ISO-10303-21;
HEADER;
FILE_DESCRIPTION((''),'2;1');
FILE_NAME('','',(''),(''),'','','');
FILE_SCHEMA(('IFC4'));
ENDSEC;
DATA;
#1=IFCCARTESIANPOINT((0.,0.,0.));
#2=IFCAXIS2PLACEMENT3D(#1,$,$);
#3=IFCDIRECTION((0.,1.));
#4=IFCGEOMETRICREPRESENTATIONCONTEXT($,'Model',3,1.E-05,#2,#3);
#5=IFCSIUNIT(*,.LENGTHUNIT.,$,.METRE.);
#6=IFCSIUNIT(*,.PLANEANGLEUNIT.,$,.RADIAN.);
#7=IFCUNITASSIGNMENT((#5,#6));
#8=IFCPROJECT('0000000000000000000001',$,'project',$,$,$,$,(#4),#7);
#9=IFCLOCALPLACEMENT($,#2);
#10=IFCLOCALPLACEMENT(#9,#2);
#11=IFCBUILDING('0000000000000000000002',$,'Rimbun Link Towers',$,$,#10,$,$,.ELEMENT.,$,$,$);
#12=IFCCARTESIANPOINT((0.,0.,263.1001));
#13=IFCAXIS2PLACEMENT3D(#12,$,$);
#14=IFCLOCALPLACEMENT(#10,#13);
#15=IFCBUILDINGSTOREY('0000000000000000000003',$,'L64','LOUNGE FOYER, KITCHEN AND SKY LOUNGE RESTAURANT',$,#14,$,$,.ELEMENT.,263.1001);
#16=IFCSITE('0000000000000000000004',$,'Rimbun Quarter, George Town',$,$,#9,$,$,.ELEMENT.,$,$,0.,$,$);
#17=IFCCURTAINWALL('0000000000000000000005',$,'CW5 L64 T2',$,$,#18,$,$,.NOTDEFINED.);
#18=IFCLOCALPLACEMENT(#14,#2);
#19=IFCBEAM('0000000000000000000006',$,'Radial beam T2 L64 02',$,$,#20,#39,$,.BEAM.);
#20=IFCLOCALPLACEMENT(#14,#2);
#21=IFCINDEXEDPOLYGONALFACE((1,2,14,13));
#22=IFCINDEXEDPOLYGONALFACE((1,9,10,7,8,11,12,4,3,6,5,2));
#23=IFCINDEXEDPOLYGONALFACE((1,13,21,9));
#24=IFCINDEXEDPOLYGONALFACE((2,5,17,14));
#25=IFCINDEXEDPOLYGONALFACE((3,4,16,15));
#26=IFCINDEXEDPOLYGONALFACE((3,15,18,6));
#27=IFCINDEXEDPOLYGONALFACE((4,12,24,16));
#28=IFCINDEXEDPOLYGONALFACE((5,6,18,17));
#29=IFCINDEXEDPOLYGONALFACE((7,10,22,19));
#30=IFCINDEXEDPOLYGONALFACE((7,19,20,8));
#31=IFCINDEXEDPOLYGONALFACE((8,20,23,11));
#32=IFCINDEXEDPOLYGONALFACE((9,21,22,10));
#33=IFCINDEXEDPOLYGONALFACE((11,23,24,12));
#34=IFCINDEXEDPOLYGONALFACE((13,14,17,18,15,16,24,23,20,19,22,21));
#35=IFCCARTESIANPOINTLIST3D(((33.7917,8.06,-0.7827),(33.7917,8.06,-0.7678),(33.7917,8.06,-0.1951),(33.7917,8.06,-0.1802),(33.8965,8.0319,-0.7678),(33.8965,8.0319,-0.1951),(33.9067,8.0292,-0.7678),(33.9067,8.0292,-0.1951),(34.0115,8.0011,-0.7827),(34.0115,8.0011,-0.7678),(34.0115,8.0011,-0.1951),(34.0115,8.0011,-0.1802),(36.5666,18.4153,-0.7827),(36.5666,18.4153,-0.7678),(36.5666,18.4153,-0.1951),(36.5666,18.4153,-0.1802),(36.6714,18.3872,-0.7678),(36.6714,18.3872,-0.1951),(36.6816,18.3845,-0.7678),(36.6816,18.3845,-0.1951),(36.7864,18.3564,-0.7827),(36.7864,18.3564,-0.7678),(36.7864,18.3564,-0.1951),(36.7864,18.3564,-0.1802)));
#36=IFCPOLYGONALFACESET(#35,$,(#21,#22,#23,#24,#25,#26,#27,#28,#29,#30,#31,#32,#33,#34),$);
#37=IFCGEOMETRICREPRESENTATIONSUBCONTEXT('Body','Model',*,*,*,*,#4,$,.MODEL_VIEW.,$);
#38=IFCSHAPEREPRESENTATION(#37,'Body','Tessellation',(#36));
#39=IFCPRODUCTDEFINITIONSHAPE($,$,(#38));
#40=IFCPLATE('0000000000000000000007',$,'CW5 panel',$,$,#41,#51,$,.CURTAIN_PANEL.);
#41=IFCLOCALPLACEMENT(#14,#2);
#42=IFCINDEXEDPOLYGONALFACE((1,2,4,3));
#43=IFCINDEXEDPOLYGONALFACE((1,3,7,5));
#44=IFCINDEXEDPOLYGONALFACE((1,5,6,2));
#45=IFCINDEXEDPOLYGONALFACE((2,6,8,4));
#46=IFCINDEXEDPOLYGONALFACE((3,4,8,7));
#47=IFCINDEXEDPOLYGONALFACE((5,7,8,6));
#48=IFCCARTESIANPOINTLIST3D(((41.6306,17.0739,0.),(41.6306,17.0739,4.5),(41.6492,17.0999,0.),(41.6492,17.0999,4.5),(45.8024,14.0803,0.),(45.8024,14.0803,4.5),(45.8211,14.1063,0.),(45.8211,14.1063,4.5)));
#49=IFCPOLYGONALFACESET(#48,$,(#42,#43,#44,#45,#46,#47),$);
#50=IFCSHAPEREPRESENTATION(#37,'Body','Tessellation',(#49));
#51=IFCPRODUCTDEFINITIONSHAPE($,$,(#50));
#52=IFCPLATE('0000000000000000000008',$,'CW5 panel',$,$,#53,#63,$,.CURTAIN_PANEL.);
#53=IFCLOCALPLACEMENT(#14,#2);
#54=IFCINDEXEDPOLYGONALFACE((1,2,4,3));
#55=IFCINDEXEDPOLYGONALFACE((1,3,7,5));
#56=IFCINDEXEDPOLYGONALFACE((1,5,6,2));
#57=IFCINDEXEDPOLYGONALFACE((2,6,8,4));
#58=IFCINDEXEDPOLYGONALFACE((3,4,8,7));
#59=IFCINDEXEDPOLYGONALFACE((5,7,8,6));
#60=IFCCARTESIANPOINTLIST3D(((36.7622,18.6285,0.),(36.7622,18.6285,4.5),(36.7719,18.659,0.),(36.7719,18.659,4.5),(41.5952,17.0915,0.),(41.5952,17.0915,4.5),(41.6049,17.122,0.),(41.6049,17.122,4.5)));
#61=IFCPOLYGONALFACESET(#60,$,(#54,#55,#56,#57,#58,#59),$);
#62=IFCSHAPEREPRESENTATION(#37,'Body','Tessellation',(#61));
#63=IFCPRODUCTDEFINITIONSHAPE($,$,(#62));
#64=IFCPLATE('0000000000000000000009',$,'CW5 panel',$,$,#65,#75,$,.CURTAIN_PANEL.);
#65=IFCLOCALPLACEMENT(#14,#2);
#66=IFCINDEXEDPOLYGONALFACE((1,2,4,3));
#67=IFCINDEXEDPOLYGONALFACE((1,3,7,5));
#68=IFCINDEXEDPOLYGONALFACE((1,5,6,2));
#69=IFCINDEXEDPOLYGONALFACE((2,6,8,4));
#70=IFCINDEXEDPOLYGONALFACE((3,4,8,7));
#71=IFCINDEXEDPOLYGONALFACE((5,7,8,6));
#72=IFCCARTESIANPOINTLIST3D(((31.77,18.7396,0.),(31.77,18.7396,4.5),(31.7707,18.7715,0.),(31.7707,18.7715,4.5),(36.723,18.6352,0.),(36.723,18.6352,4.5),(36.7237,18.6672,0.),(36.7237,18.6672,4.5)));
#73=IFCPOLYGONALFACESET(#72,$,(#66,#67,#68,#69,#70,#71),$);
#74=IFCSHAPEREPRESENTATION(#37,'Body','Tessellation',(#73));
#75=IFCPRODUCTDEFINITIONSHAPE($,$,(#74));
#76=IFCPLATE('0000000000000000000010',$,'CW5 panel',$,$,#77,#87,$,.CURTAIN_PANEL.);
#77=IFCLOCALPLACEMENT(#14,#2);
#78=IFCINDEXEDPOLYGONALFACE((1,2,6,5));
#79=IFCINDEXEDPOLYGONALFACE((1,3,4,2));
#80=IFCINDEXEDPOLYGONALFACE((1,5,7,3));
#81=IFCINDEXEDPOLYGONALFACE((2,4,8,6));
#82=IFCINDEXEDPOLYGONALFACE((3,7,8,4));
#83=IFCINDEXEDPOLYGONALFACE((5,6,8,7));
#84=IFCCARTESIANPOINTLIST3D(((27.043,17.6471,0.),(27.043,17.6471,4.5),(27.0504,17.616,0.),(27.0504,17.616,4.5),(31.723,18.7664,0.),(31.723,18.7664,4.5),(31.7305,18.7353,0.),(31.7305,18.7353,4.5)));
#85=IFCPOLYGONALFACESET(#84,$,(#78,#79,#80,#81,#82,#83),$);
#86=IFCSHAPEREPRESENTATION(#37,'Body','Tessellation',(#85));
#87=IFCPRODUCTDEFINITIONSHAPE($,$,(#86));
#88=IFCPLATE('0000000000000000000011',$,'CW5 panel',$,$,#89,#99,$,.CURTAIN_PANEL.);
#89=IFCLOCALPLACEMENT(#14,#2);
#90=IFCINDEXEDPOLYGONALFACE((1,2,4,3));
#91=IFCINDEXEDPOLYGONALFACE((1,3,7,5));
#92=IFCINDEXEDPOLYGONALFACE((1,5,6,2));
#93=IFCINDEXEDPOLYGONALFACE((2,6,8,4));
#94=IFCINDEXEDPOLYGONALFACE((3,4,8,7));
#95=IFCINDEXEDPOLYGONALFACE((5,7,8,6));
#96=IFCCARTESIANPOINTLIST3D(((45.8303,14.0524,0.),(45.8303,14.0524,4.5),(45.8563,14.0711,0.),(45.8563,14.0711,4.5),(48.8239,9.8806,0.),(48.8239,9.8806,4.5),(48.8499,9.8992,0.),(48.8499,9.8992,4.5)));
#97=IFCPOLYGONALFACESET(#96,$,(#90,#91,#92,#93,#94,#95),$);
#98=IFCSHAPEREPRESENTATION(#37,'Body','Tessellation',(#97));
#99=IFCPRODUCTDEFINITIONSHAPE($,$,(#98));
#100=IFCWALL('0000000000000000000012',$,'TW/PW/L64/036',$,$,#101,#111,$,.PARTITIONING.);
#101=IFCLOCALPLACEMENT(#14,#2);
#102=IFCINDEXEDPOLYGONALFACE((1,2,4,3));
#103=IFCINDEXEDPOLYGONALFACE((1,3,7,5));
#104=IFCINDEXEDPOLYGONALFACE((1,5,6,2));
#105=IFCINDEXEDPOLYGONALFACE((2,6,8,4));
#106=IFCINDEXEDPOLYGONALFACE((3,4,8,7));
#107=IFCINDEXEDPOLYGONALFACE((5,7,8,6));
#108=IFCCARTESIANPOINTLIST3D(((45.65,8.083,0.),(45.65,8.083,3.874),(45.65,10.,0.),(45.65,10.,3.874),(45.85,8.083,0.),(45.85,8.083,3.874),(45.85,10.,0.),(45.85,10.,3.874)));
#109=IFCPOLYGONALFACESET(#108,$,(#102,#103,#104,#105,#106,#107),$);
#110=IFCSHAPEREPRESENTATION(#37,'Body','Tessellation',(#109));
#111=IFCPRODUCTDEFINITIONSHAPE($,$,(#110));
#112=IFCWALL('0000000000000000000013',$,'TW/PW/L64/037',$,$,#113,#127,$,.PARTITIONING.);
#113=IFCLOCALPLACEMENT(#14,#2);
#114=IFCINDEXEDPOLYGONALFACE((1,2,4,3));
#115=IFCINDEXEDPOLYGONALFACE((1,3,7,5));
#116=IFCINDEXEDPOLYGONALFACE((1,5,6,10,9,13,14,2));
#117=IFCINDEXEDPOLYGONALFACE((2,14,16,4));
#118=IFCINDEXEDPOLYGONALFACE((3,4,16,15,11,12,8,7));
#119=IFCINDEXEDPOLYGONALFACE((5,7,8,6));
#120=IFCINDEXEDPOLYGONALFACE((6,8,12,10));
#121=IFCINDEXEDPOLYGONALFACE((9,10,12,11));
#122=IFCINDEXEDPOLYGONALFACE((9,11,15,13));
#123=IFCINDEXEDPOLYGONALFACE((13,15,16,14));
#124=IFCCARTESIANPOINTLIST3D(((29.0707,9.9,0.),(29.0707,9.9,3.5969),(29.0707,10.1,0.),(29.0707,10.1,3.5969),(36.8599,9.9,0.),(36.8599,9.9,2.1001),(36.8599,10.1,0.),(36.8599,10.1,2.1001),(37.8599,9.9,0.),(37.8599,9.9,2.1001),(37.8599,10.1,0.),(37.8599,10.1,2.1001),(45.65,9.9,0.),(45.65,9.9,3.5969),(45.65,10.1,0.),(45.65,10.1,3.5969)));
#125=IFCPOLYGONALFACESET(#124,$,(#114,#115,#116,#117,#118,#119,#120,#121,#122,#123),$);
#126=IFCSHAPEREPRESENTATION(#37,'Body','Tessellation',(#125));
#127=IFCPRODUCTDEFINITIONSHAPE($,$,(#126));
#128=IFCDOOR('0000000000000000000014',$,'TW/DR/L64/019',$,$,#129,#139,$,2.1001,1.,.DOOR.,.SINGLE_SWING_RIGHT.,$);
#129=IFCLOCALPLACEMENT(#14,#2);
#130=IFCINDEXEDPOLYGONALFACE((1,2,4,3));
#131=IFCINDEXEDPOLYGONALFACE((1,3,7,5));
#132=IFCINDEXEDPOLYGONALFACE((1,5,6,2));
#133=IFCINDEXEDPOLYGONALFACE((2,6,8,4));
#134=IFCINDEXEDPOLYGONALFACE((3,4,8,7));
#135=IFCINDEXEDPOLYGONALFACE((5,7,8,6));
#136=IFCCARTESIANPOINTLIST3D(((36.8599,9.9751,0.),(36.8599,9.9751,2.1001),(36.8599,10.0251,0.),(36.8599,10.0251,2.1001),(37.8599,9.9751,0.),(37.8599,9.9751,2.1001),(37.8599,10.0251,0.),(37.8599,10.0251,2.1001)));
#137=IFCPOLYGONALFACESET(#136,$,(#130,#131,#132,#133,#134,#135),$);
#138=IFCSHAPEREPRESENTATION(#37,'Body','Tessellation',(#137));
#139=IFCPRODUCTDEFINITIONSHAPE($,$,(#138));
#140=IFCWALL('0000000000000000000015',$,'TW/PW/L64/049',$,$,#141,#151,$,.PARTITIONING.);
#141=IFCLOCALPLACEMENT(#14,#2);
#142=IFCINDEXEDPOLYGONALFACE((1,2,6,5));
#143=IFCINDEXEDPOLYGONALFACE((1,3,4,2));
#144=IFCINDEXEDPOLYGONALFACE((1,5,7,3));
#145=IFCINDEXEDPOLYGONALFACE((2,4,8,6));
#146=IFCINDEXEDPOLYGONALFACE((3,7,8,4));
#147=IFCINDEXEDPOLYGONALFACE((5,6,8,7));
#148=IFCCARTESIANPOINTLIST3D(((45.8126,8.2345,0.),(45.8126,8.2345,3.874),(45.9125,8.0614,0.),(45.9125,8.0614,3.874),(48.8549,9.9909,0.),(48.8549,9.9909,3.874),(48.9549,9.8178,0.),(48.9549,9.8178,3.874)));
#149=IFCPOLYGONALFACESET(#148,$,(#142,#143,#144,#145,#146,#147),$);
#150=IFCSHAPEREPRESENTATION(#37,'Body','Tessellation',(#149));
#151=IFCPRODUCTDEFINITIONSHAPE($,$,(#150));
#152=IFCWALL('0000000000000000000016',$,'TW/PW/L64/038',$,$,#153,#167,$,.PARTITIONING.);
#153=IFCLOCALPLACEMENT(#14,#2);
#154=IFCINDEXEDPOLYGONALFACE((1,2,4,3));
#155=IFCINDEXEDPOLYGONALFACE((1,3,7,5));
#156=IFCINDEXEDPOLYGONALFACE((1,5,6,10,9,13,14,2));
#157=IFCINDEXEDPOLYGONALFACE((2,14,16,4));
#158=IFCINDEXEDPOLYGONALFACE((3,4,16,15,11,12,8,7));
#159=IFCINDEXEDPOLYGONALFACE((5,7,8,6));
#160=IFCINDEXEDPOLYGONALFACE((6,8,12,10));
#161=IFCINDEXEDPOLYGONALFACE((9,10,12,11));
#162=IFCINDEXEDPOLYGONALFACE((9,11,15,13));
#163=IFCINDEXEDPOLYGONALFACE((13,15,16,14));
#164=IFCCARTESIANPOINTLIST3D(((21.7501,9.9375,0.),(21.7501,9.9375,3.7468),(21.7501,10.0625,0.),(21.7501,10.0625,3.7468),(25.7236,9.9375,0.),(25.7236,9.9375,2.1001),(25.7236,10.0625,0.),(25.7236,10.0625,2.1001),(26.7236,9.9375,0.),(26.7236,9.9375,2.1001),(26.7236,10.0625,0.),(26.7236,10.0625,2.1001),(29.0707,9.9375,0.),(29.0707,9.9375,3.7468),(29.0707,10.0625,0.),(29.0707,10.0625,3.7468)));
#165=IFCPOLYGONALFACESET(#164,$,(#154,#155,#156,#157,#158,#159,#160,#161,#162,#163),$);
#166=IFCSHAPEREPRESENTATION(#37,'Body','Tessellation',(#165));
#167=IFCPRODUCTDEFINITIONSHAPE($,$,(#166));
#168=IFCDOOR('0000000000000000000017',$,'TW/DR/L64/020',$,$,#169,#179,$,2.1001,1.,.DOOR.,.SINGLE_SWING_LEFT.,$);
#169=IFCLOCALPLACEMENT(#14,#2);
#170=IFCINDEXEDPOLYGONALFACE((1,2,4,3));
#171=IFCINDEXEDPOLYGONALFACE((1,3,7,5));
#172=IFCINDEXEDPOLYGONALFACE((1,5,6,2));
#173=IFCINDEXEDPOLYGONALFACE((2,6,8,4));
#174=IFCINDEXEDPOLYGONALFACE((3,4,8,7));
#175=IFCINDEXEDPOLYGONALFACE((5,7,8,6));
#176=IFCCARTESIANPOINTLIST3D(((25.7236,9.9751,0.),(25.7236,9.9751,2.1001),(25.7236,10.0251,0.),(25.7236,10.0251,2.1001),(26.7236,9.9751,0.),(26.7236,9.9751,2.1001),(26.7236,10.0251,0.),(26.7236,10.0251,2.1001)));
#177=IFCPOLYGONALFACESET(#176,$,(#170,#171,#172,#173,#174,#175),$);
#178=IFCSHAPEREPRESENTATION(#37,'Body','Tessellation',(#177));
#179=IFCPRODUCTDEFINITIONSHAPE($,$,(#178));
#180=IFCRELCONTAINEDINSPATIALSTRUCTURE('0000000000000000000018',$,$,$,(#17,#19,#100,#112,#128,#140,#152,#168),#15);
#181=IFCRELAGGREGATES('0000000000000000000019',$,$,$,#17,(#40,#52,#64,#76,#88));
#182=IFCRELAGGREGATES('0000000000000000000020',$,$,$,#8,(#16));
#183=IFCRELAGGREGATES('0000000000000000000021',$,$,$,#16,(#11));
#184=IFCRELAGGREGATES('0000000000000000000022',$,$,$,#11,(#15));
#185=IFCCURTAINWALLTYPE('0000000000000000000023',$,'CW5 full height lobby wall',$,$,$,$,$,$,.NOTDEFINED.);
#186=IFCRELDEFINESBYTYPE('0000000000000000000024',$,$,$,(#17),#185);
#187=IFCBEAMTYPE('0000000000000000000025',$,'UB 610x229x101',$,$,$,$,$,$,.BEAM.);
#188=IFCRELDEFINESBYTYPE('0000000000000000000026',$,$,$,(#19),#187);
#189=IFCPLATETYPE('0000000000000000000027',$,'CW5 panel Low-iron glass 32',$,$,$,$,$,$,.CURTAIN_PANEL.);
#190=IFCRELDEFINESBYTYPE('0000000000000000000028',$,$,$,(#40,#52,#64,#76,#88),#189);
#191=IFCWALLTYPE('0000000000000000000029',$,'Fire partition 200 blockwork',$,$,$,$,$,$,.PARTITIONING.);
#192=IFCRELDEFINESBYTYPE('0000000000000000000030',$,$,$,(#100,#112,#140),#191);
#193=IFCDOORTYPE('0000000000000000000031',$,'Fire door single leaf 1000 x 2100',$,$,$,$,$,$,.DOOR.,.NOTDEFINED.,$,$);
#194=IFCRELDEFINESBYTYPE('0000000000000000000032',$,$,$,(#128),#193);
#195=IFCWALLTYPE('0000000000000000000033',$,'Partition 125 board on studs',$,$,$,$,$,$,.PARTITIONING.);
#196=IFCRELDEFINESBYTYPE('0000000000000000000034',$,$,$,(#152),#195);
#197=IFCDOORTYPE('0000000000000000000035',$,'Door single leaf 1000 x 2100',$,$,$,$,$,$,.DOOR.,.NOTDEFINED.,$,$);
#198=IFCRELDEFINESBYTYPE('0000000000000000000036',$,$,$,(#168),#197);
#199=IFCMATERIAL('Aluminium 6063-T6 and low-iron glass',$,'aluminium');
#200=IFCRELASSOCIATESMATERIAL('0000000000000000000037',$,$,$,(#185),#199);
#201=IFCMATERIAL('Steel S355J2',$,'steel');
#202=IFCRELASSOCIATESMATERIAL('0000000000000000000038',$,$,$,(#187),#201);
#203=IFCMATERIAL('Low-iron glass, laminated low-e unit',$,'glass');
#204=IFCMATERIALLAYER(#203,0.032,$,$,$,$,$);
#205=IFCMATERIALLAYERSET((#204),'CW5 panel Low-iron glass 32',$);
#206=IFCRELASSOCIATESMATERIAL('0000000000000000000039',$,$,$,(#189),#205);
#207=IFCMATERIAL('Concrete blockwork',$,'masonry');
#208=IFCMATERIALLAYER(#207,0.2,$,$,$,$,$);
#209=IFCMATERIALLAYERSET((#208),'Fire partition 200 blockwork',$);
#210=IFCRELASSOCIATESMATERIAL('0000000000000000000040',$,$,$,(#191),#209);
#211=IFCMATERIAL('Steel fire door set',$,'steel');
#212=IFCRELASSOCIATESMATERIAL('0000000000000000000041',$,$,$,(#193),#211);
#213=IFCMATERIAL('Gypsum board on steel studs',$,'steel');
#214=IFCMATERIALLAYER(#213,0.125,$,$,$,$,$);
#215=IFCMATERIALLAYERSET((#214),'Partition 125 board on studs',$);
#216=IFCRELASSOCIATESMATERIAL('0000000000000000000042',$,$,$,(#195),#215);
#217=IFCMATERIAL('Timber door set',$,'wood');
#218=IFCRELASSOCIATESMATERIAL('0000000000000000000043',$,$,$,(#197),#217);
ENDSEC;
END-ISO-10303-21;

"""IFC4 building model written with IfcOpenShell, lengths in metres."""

from ifc_helpers import new_model, si_unit, direction, frame, frame_2d, origin, origin_2d, place, context, subcontext, project, spatial, rectangle, i_section, extrude, material, layer, layer_set, material_profile, profile_set, type_object, element, fill, aggregate, save


model = new_model("IFC4")

# Units and contexts
model_context = context("Model", 3, precision=1e-05, world=origin(), true_north=direction((0.0, 1.0)))
body_context = subcontext(model_context, "Body", "Model", "MODEL_VIEW")
ifc_project = project(units=[si_unit("LENGTHUNIT", "METRE"), si_unit("PLANEANGLEUNIT", "RADIAN")], contexts=[model_context])

# Site, building, storey
site_placement = place(None, origin())
site = spatial("IfcSite", under=ifc_project, at=site_placement, Name="Rimbun Quarter, George Town", CompositionType="ELEMENT", RefElevation=0.0)
building_placement = place(site_placement, origin())
building = spatial("IfcBuilding", under=site, at=building_placement, Name="Rimbun Link Towers", CompositionType="ELEMENT")
storey_placement = place(building_placement, frame((0.0, 0.0, 263.1001)))
storey = spatial("IfcBuildingStorey", under=building, at=storey_placement, Name="L64", Description="LOUNGE FOYER, KITCHEN AND SKY LOUNGE RESTAURANT", CompositionType="ELEMENT", Elevation=263.1001)

# Curtain wall
ifc_material_1 = material(Name="Aluminium 6063-T6 and low-iron glass", Category="aluminium")
curtain_wall_type = type_object("IfcCurtainWallType", Name="CW5 full height lobby wall", PredefinedType="NOTDEFINED", material=ifc_material_1)
curtain_wall_placement = place(storey_placement, origin())
curtain_wall = element("IfcCurtainWall", 1, at=curtain_wall_placement, inside=storey, type_object=curtain_wall_type, Name="CW5 L64 T2", PredefinedType="NOTDEFINED")

# Beam
ifc_material_2 = material(Name="Steel S355J2", Category="steel")
ifc_material_profile_1 = material_profile(ifc_material_2, i_section(OverallWidth=0.2275, OverallDepth=0.6025, WebThickness=0.0105, FlangeThickness=0.0149, at=origin_2d()), Name="UB 610x229x101")
ifc_profile_set_1 = profile_set([ifc_material_profile_1], Name="Steel S355J2")
beam_type_1 = type_object("IfcBeamType", Name="UB 610x229x101", PredefinedType="BEAM", material=ifc_profile_set_1)
beam_1_placement = place(storey_placement, frame((33.9016, 8.0305, -0.4814), z_axis=(0.258833, 0.965922, 0.0), x_axis=(-0.965922, 0.258833, 0.0)))
element("IfcBeam", 2, at=beam_1_placement, inside=storey, type_object=beam_type_1, Name="Radial beam T2 L64 02", PredefinedType="BEAM", context=body_context, shape_type="SweptSolid", body=[
    extrude(i_section(OverallWidth=0.2275, OverallDepth=0.6025, WebThickness=0.0105, FlangeThickness=0.0149, at=origin_2d()), origin(), (0.0, 0.0, 1.0), 10.7207),
])

# Plates
ifc_material_3 = material(Name="Low-iron glass, laminated low-e unit", Category="glass")
ifc_layer_1 = layer(ifc_material_3, 0.032)
ifc_layer_set_1 = layer_set([ifc_layer_1], Name="CW5 panel Low-iron glass 32")
plate_type = type_object("IfcPlateType", Name="CW5 panel Low-iron glass 32", PredefinedType="CURTAIN_PANEL", material=ifc_layer_set_1)
plate_1_placement = place(storey_placement, frame((43.7258, 15.5901, 0.0), z_axis=(0.0, 0.0, 1.0), x_axis=(0.812468, -0.583006, 0.0)))
plate_1 = element("IfcPlate", 3, at=plate_1_placement, type_object=plate_type, Name="CW5 panel", PredefinedType="CURTAIN_PANEL", context=body_context, shape_type="SweptSolid", body=[
    extrude(rectangle(XDim=5.1348, YDim=0.032, at=origin_2d()), origin(), (0.0, 0.0, 1.0), 4.5),
])
plate_2_placement = place(storey_placement, frame((39.1836, 17.8752, 0.0), z_axis=(0.0, 0.0, 1.0), x_axis=(0.952967, -0.303074, 0.0)))
plate_2 = element("IfcPlate", 4, at=plate_2_placement, type_object=plate_type, Name="CW5 panel", PredefinedType="CURTAIN_PANEL", context=body_context, shape_type="SweptSolid", body=[
    extrude(rectangle(XDim=5.0715, YDim=0.032, at=origin_2d()), origin(), (0.0, 0.0, 1.0), 4.5),
])
plate_3_placement = place(storey_placement, frame((34.2468, 18.7034, 0.0), z_axis=(0.0, 0.0, 1.0), x_axis=(0.999778, -0.021064, 0.0)))
plate_3 = element("IfcPlate", 5, at=plate_3_placement, type_object=plate_type, Name="CW5 panel", PredefinedType="CURTAIN_PANEL", context=body_context, shape_type="SweptSolid", body=[
    extrude(rectangle(XDim=4.9541, YDim=0.032, at=origin_2d()), origin(), (0.0, 0.0, 1.0), 4.5),
])
plate_4_placement = place(storey_placement, frame((29.3867, 18.1912, 0.0), z_axis=(0.0, 0.0, 1.0), x_axis=(0.972571, 0.232606, 0.0)))
plate_4 = element("IfcPlate", 6, at=plate_4_placement, type_object=plate_type, Name="CW5 panel", PredefinedType="CURTAIN_PANEL", context=body_context, shape_type="SweptSolid", body=[
    extrude(rectangle(XDim=4.812, YDim=0.032, at=origin_2d()), origin(), (0.0, 0.0, 1.0), 4.5),
])
plate_5_placement = place(storey_placement, frame((47.3401, 11.9758, 0.0), z_axis=(0.0, 0.0, 1.0), x_axis=(0.583006, -0.812468, 0.0)))
plate_5 = element("IfcPlate", 7, at=plate_5_placement, type_object=plate_type, Name="CW5 panel", PredefinedType="CURTAIN_PANEL", context=body_context, shape_type="SweptSolid", body=[
    extrude(rectangle(XDim=5.1348, YDim=0.032, at=origin_2d()), origin(), (0.0, 0.0, 1.0), 4.5),
])
aggregate(curtain_wall, [plate_1, plate_2, plate_3, plate_4, plate_5])

# Wall
ifc_material_4 = material(Name="Concrete blockwork", Category="masonry")
ifc_layer_2 = layer(ifc_material_4, 0.2)
ifc_layer_set_2 = layer_set([ifc_layer_2], Name="Fire partition 200 blockwork")
wall_type_1 = type_object("IfcWallType", Name="Fire partition 200 blockwork", PredefinedType="PARTITIONING", material=ifc_layer_set_2)
wall_1_placement = place(storey_placement, frame((45.75, 8.083, 0.0), z_axis=(0.0, 0.0, 1.0), x_axis=(0.0, 1.0, 0.0)))
element("IfcWall", 8, at=wall_1_placement, inside=storey, type_object=wall_type_1, Name="TW/PW/L64/036", PredefinedType="PARTITIONING", context=body_context, shape_type="SweptSolid", body=[
    extrude(rectangle(XDim=1.917, YDim=0.2, at=frame_2d((0.9585, 0.0))), origin(), (0.0, 0.0, 1.0), 3.874),
])

# Wall, opening, door
wall_2_placement = place(storey_placement, frame((45.6499, 10.0, 0.0), z_axis=(0.0, 0.0, 1.0), x_axis=(-1.0, 0.0, 0.0)))
wall_2 = element("IfcWall", 9, at=wall_2_placement, inside=storey, type_object=wall_type_1, Name="TW/PW/L64/037", PredefinedType="PARTITIONING", context=body_context, shape_type="SweptSolid", body=[
    extrude(rectangle(XDim=16.5793, YDim=0.2, at=frame_2d((8.2896, 0.0))), origin(), (0.0, 0.0, 1.0), 3.5969),
])
opening_1_placement = place(wall_2_placement, frame((7.79, 0.0, 0.0)))
opening_1 = element("IfcOpeningElement", 10, at=opening_1_placement, cuts=wall_2, PredefinedType="OPENING", context=body_context, shape_type="SweptSolid", body=[
    extrude(rectangle(XDim=1.0, YDim=2.1001, at=frame_2d((0.5, 1.05))), frame((0.0, 0.1099, 0.0), z_axis=(0.0, -1.0, 0.0), x_axis=(1.0, 0.0, 0.0)), (0.0, 0.0, 1.0), 0.22),
])
ifc_material_5 = material(Name="Steel fire door set", Category="steel")
door_type_1 = type_object("IfcDoorType", Name="Fire door single leaf 1000 x 2100", OperationType="NOTDEFINED", PredefinedType="DOOR", material=ifc_material_5)
door_1_placement = place(opening_1_placement, origin())
door_1 = element("IfcDoor", 11, at=door_1_placement, inside=storey, type_object=door_type_1, Name="TW/DR/L64/019", OperationType="SINGLE_SWING_RIGHT", OverallHeight=2.1001, OverallWidth=1.0, PredefinedType="DOOR", context=body_context, shape_type="SweptSolid", body=[
    extrude(rectangle(XDim=1.0, YDim=2.1001, at=frame_2d((0.5, 1.05))), frame((0.0, 0.0249, 0.0), z_axis=(0.0, -1.0, 0.0), x_axis=(1.0, 0.0, 0.0)), (0.0, 0.0, 1.0), 0.05),
])
fill(opening_1, door_1)

# Wall
wall_3_placement = place(storey_placement, frame((48.9048, 9.9043, 0.0), z_axis=(0.0, 0.0, 1.0), x_axis=(-0.866036, -0.499981, 0.0)))
element("IfcWall", 12, at=wall_3_placement, inside=storey, type_object=wall_type_1, Name="TW/PW/L64/049", PredefinedType="PARTITIONING", context=body_context, shape_type="SweptSolid", body=[
    extrude(rectangle(XDim=3.5129, YDim=0.2, at=frame_2d((1.7563, 0.0))), origin(), (0.0, 0.0, 1.0), 3.874),
])

# Wall, opening, door
ifc_material_6 = material(Name="Gypsum board on steel studs", Category="steel")
ifc_layer_3 = layer(ifc_material_6, 0.125)
ifc_layer_set_3 = layer_set([ifc_layer_3], Name="Partition 125 board on studs")
wall_type_2 = type_object("IfcWallType", Name="Partition 125 board on studs", PredefinedType="PARTITIONING", material=ifc_layer_set_3)
wall_4_placement = place(storey_placement, frame((29.0706, 10.0, 0.0), z_axis=(0.0, 0.0, 1.0), x_axis=(-1.0, 0.0, 0.0)))
wall_4 = element("IfcWall", 13, at=wall_4_placement, inside=storey, type_object=wall_type_2, Name="TW/PW/L64/038", PredefinedType="PARTITIONING", context=body_context, shape_type="SweptSolid", body=[
    extrude(rectangle(XDim=7.3206, YDim=0.125, at=frame_2d((3.6602, 0.0))), origin(), (0.0, 0.0, 1.0), 3.7468),
])
opening_2_placement = place(wall_4_placement, frame((2.3469, 0.0, 0.0)))
opening_2 = element("IfcOpeningElement", 14, at=opening_2_placement, cuts=wall_4, PredefinedType="OPENING", context=body_context, shape_type="SweptSolid", body=[
    extrude(rectangle(XDim=1.0, YDim=2.1001, at=frame_2d((0.5, 1.05))), frame((0.0, 0.0725, 0.0), z_axis=(0.0, -1.0, 0.0), x_axis=(1.0, 0.0, 0.0)), (0.0, 0.0, 1.0), 0.145),
])
ifc_material_7 = material(Name="Timber door set", Category="wood")
door_type_2 = type_object("IfcDoorType", Name="Door single leaf 1000 x 2100", OperationType="NOTDEFINED", PredefinedType="DOOR", material=ifc_material_7)
door_2_placement = place(opening_2_placement, origin())
door_2 = element("IfcDoor", 15, at=door_2_placement, inside=storey, type_object=door_type_2, Name="TW/DR/L64/020", OperationType="SINGLE_SWING_LEFT", OverallHeight=2.1001, OverallWidth=1.0, PredefinedType="DOOR", context=body_context, shape_type="SweptSolid", body=[
    extrude(rectangle(XDim=1.0, YDim=2.1001, at=frame_2d((0.5, 1.05))), frame((0.0, 0.0249, 0.0), z_axis=(0.0, -1.0, 0.0), x_axis=(1.0, 0.0, 0.0)), (0.0, 0.0, 1.0), 0.05),
])
fill(opening_2, door_2)

save(model, "model.ifc")
